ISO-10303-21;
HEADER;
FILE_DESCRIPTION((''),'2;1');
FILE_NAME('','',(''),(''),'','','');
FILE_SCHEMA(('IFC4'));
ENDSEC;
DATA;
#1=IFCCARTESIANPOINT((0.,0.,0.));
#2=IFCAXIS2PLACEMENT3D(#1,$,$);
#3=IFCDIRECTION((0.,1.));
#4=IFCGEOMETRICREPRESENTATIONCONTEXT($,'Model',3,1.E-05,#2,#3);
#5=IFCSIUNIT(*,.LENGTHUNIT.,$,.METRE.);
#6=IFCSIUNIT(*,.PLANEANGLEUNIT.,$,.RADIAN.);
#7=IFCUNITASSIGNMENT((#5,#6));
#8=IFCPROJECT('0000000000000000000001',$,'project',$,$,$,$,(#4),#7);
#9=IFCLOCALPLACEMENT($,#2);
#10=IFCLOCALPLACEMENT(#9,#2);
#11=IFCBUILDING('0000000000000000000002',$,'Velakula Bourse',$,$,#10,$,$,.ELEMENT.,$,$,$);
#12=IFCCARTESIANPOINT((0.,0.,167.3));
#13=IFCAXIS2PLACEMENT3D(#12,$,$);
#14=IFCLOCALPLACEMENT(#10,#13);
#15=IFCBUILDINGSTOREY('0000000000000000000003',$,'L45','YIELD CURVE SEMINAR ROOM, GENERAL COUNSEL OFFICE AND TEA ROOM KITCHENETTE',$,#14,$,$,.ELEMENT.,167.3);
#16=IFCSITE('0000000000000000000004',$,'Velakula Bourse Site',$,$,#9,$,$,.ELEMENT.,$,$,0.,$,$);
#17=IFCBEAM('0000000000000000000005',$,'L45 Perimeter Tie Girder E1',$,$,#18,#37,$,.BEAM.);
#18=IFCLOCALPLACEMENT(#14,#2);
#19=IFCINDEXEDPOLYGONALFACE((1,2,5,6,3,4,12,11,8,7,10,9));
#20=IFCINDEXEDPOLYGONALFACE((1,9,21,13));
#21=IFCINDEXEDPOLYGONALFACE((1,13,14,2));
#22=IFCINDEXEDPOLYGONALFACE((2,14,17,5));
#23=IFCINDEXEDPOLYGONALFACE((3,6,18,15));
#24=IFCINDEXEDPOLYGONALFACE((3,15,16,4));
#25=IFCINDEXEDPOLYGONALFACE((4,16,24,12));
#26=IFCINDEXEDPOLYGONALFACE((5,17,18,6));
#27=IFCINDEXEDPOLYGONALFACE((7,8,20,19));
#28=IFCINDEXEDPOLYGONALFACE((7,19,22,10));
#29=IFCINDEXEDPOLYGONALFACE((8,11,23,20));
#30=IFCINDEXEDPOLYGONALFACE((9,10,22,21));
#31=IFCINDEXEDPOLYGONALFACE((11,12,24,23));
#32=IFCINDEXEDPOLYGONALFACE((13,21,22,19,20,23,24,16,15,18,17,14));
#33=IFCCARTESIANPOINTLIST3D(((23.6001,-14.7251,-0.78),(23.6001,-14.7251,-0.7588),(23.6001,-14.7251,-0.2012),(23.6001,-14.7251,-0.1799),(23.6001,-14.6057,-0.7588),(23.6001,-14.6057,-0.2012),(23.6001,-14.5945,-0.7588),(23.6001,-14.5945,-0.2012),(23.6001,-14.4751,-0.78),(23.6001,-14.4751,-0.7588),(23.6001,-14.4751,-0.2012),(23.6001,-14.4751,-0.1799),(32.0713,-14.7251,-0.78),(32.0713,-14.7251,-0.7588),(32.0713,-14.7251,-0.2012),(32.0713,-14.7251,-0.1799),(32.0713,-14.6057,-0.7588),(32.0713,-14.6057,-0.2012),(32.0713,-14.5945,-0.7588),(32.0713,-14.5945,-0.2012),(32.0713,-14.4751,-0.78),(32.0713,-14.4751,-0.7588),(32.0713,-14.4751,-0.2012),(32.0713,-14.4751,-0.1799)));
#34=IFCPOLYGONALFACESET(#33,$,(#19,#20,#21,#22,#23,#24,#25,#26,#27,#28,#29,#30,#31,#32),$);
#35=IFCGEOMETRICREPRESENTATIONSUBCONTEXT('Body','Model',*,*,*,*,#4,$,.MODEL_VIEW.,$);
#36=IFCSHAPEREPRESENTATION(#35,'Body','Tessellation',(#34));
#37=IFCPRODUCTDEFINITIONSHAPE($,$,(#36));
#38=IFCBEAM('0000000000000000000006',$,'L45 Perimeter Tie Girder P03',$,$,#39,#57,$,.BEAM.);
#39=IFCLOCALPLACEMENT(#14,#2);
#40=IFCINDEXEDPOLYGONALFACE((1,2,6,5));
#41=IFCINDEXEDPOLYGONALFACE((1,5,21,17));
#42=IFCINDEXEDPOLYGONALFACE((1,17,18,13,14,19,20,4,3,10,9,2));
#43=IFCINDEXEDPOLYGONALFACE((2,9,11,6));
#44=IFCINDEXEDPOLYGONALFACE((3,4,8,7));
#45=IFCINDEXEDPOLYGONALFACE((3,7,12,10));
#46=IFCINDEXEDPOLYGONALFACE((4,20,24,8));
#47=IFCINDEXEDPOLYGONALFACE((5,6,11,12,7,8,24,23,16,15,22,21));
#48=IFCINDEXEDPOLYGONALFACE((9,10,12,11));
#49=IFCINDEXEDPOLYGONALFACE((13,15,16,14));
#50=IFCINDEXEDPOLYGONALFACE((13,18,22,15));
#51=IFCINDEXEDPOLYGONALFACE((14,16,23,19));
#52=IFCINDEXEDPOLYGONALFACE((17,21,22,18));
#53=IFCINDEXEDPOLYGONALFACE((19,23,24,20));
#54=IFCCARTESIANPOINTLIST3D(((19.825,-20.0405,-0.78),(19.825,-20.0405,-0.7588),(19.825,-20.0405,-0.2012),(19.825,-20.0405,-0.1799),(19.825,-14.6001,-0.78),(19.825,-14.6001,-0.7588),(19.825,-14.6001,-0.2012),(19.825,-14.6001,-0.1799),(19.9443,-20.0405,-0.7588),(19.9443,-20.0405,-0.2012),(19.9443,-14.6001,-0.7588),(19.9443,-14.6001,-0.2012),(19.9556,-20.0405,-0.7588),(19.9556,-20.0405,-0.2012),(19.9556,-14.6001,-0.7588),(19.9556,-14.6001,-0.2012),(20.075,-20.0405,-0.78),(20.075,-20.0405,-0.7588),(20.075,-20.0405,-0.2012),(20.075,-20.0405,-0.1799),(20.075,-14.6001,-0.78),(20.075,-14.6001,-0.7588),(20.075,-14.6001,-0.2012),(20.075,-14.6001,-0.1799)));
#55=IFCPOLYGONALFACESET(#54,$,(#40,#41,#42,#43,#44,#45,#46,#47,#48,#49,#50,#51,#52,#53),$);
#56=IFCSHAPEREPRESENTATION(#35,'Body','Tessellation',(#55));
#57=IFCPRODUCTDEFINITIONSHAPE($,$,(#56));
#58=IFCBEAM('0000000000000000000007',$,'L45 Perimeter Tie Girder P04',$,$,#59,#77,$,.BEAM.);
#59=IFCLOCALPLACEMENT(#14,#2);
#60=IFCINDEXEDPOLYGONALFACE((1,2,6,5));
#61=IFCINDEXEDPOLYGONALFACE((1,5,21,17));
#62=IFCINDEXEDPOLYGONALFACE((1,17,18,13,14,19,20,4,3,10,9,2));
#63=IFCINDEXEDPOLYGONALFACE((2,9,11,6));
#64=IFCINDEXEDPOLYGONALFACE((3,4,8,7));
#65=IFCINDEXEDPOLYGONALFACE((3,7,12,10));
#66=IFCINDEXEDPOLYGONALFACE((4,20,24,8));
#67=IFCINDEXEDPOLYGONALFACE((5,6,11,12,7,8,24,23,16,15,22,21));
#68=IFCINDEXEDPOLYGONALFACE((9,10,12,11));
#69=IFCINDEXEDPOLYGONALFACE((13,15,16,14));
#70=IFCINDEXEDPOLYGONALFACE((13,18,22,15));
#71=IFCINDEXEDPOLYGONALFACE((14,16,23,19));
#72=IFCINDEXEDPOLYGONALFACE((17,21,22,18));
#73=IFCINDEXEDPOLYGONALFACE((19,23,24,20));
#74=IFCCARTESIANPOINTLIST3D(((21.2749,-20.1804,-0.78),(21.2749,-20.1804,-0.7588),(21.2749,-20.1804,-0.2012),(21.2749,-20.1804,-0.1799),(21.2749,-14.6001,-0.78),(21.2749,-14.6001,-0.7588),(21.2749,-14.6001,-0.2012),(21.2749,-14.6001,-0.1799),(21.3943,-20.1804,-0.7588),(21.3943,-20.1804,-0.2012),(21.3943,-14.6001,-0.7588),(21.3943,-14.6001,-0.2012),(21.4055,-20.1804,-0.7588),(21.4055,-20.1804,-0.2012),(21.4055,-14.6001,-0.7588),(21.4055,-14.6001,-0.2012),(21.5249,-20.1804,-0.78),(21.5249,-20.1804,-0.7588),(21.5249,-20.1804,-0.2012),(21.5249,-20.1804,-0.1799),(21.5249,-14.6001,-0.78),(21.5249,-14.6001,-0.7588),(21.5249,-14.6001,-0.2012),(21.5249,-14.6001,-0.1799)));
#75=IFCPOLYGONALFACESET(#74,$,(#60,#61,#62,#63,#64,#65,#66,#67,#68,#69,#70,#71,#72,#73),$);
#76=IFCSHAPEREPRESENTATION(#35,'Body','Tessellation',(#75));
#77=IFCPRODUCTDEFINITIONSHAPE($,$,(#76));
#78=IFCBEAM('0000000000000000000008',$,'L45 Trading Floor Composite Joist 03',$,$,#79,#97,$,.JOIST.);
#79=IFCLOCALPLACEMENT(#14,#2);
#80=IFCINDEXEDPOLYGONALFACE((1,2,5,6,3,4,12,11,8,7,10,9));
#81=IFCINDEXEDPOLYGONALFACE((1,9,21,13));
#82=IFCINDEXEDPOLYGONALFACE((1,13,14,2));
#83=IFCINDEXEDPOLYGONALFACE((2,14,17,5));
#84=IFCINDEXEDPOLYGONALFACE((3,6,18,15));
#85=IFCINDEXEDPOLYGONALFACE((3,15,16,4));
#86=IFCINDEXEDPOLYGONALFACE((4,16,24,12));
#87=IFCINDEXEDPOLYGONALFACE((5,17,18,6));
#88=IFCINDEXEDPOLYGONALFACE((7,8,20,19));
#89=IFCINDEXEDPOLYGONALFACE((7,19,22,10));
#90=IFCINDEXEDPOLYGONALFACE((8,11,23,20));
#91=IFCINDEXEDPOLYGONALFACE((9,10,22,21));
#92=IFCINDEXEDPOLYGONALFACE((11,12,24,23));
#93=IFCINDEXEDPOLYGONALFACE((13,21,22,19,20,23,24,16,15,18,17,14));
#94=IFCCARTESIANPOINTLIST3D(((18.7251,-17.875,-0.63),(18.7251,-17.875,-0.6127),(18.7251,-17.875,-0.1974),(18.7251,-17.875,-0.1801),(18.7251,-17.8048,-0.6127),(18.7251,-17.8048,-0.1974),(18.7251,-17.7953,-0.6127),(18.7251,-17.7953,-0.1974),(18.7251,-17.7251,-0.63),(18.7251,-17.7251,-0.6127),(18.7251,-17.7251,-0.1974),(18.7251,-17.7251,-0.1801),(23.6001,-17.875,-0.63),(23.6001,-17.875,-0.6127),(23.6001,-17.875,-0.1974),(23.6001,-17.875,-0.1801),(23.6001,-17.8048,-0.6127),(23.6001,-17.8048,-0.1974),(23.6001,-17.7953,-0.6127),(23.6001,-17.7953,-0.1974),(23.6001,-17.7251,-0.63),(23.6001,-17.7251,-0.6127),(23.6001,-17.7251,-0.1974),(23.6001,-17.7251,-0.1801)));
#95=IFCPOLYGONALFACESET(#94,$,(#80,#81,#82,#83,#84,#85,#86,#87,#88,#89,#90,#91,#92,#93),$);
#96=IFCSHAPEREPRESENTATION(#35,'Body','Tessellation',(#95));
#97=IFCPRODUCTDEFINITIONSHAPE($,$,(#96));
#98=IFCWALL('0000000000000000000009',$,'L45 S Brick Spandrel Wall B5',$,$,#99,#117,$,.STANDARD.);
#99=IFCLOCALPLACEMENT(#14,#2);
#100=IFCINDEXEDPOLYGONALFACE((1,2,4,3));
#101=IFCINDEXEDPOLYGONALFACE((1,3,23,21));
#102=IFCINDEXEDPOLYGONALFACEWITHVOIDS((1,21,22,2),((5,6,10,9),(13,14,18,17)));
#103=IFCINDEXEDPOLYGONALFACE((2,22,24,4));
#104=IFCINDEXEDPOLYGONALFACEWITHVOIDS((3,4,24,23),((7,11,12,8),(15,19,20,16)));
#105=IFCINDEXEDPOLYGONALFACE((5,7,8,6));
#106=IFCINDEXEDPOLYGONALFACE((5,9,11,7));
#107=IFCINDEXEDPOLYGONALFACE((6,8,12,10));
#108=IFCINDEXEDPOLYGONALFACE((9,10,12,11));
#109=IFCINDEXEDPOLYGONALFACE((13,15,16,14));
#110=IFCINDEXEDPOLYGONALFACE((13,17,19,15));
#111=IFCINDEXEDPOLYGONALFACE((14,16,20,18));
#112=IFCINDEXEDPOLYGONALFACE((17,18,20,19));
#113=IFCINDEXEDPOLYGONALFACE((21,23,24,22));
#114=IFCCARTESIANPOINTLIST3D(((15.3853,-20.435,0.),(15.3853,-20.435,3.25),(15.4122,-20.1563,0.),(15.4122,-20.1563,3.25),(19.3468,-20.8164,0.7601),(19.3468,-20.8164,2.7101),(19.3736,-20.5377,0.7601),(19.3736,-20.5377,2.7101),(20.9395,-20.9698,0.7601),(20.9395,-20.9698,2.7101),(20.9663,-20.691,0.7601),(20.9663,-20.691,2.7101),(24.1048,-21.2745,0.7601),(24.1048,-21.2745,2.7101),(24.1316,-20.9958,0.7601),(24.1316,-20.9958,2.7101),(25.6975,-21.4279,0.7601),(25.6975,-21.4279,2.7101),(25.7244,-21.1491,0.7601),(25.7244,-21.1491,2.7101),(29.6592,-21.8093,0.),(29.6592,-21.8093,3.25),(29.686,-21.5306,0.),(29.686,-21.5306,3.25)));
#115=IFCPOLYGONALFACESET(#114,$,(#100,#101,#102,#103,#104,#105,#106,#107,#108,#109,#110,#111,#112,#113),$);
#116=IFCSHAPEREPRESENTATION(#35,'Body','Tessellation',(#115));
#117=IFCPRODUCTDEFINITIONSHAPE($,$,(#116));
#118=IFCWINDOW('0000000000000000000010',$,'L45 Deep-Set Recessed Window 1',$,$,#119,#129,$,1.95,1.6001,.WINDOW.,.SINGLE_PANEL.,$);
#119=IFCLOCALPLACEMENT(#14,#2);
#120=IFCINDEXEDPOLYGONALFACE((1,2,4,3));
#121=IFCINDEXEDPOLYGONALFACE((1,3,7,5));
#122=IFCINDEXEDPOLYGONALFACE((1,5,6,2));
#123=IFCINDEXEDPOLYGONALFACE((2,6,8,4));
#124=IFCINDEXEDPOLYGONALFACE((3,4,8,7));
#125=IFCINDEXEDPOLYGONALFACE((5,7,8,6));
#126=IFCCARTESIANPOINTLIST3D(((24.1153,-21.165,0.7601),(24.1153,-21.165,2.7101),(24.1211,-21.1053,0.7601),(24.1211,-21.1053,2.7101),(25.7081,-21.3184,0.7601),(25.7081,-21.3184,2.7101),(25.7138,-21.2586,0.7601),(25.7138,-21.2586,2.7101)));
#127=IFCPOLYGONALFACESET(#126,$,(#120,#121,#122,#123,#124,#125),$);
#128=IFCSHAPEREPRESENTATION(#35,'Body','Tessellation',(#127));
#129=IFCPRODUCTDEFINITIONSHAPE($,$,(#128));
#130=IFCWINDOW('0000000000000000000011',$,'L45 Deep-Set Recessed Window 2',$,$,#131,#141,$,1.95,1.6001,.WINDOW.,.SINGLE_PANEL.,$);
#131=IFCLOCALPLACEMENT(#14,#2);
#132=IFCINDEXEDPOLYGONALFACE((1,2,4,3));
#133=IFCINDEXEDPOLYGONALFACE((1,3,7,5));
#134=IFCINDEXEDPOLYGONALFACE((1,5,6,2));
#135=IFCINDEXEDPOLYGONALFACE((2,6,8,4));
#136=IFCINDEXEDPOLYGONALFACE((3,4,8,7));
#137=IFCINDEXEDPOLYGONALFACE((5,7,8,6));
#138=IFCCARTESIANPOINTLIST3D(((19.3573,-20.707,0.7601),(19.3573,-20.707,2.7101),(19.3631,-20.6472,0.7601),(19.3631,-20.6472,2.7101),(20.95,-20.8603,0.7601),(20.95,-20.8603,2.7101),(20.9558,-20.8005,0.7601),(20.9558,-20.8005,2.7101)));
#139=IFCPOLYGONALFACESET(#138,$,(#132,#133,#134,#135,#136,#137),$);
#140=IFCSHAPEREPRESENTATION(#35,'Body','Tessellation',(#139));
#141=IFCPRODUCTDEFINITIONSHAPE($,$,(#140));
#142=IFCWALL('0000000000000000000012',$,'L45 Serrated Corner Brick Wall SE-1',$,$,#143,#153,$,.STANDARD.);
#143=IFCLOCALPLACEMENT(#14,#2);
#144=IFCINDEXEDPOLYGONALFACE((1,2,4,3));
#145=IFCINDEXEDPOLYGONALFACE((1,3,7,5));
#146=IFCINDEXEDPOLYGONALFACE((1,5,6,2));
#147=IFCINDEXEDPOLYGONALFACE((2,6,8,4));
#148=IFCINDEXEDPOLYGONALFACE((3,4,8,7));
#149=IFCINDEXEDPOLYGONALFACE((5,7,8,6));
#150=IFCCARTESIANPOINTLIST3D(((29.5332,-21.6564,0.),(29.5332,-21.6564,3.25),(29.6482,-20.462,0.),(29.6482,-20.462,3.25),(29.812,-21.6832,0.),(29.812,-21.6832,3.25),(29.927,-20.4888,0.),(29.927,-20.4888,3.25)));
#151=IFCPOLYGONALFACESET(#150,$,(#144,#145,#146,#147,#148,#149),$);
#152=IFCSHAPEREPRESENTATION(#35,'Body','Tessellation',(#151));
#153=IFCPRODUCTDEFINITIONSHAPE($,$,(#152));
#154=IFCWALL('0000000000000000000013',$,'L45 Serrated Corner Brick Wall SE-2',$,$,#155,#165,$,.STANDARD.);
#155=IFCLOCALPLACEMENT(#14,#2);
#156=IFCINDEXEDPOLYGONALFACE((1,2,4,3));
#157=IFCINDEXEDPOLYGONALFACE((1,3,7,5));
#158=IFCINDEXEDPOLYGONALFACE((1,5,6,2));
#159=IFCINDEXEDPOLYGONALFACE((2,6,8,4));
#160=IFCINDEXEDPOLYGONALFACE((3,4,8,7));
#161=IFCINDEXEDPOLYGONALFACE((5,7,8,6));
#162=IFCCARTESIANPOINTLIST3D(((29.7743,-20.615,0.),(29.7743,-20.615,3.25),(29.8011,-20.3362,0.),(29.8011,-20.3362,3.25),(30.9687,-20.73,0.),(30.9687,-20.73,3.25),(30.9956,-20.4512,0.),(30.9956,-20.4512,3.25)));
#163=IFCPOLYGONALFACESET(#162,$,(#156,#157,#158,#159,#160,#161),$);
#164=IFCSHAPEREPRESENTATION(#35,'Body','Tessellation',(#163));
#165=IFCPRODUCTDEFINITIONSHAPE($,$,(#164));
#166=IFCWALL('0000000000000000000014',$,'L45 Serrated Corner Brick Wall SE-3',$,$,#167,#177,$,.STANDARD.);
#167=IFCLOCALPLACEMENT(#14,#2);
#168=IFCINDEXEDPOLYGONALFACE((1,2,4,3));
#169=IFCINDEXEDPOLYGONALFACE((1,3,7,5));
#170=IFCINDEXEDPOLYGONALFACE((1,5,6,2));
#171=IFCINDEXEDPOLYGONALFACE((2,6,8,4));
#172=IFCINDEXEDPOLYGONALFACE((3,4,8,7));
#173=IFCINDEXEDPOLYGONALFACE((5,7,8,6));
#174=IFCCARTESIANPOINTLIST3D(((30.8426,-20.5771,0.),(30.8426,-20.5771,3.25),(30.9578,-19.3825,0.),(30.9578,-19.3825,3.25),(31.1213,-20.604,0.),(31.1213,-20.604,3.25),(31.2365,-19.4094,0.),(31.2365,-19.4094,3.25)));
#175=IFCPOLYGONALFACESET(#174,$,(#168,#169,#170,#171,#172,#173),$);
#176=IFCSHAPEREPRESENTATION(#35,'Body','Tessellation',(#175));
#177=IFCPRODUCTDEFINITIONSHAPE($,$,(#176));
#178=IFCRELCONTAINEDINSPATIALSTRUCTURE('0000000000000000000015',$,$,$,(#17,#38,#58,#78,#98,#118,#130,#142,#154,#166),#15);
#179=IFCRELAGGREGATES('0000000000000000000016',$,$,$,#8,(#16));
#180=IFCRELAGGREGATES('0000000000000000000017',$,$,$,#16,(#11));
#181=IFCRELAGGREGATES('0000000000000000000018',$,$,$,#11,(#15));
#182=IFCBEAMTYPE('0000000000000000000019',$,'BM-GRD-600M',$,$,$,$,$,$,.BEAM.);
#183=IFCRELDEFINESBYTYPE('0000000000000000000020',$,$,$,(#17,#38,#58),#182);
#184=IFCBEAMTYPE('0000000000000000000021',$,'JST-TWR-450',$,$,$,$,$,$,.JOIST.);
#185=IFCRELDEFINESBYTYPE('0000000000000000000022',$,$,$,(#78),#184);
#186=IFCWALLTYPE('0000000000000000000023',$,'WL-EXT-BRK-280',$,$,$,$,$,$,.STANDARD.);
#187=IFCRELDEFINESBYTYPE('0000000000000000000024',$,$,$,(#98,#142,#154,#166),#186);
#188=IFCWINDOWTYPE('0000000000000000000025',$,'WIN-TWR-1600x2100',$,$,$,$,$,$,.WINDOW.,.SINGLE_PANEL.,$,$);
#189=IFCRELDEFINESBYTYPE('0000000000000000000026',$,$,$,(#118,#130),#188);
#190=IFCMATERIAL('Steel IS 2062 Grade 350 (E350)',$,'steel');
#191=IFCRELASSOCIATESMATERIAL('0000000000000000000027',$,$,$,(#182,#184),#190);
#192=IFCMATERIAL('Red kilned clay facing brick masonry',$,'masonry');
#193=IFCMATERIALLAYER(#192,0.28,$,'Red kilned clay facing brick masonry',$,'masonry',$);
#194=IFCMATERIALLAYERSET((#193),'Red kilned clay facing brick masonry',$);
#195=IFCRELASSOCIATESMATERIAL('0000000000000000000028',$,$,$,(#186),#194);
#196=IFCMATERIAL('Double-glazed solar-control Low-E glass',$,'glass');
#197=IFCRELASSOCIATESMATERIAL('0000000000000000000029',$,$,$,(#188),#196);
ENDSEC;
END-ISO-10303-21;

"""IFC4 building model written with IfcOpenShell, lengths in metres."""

from ifc_helpers import new_model, si_unit, direction, frame, frame_2d, origin, origin_2d, place, context, subcontext, project, spatial, rectangle, i_section, extrude, material, layer, layer_set, material_profile, profile_set, type_object, element, fill, save


model = new_model("IFC4")

# Units and contexts
model_context = context("Model", 3, precision=1e-05, world=origin(), true_north=direction((0.0, 1.0)))
body_context = subcontext(model_context, "Body", "Model", "MODEL_VIEW")
ifc_project = project(units=[si_unit("LENGTHUNIT", "METRE"), si_unit("PLANEANGLEUNIT", "RADIAN")], contexts=[model_context])

# Site, building, storey
site_placement = place(None, origin())
site = spatial("IfcSite", under=ifc_project, at=site_placement, Name="Velakula Bourse Site", CompositionType="ELEMENT", RefElevation=0.0)
building_placement = place(site_placement, origin())
building = spatial("IfcBuilding", under=site, at=building_placement, Name="Velakula Bourse", CompositionType="ELEMENT")
storey_placement = place(building_placement, frame((0.0, 0.0, 167.3)))
storey = spatial("IfcBuildingStorey", under=building, at=storey_placement, Name="L45", Description="YIELD CURVE SEMINAR ROOM, GENERAL COUNSEL OFFICE AND TEA ROOM KITCHENETTE", CompositionType="ELEMENT", Elevation=167.3)

# Shared definitions
ifc_material_1 = material(Name="Steel IS 2062 Grade 350 (E350)", Category="steel")

# Beams
ifc_material_profile_1 = material_profile(ifc_material_1, i_section(OverallWidth=0.25, OverallDepth=0.6001, WebThickness=0.0112, FlangeThickness=0.0212, at=origin_2d()), Name="Steel IS 2062 Grade 350 (E350)")
ifc_profile_set_1 = profile_set([ifc_material_profile_1], Name="Steel IS 2062 Grade 350 (E350)")
beam_type_1 = type_object("IfcBeamType", Name="BM-GRD-600M", PredefinedType="BEAM", material=ifc_profile_set_1)
beam_1_placement = place(storey_placement, frame((23.6001, -14.6001, -0.48), z_axis=(1.0, 0.0, 0.0), x_axis=(0.0, 1.0, 0.0)))
element("IfcBeam", 1, at=beam_1_placement, inside=storey, type_object=beam_type_1, Name="L45 Perimeter Tie Girder E1", PredefinedType="BEAM", context=body_context, shape_type="SweptSolid", body=[
    extrude(i_section(OverallWidth=0.25, OverallDepth=0.6001, WebThickness=0.0112, FlangeThickness=0.0212, at=origin_2d()), origin(), (0.0, 0.0, 1.0), 8.4712),
])
beam_2_placement = place(storey_placement, frame((19.95, -14.6001, -0.48), z_axis=(0.0, -1.0, 0.0), x_axis=(1.0, 0.0, 0.0)))
element("IfcBeam", 2, at=beam_2_placement, inside=storey, type_object=beam_type_1, Name="L45 Perimeter Tie Girder P03", PredefinedType="BEAM", context=body_context, shape_type="SweptSolid", body=[
    extrude(i_section(OverallWidth=0.25, OverallDepth=0.6001, WebThickness=0.0112, FlangeThickness=0.0212, at=origin_2d()), origin(), (0.0, 0.0, 1.0), 5.4404),
])
beam_3_placement = place(storey_placement, frame((21.3999, -14.6001, -0.48), z_axis=(0.0, -1.0, 0.0), x_axis=(1.0, 0.0, 0.0)))
element("IfcBeam", 3, at=beam_3_placement, inside=storey, type_object=beam_type_1, Name="L45 Perimeter Tie Girder P04", PredefinedType="BEAM", context=body_context, shape_type="SweptSolid", body=[
    extrude(i_section(OverallWidth=0.25, OverallDepth=0.6001, WebThickness=0.0112, FlangeThickness=0.0212, at=origin_2d()), origin(), (0.0, 0.0, 1.0), 5.5803),
])
ifc_material_profile_2 = material_profile(ifc_material_1, i_section(OverallWidth=0.1499, OverallDepth=0.45, WebThickness=0.0095, FlangeThickness=0.0173, at=origin_2d()), Name="Steel IS 2062 Grade 350 (E350)")
ifc_profile_set_2 = profile_set([ifc_material_profile_2], Name="Steel IS 2062 Grade 350 (E350)")
beam_type_2 = type_object("IfcBeamType", Name="JST-TWR-450", PredefinedType="JOIST", material=ifc_profile_set_2)
beam_4_placement = place(storey_placement, frame((18.7251, -17.8, -0.405), z_axis=(1.0, 0.0, 0.0), x_axis=(0.0, 1.0, 0.0)))
element("IfcBeam", 4, at=beam_4_placement, inside=storey, type_object=beam_type_2, Name="L45 Trading Floor Composite Joist 03", PredefinedType="JOIST", context=body_context, shape_type="SweptSolid", body=[
    extrude(i_section(OverallWidth=0.1499, OverallDepth=0.45, WebThickness=0.0095, FlangeThickness=0.0173, at=origin_2d()), origin(), (0.0, 0.0, 1.0), 4.875),
])

# Wall, openings, windows
ifc_material_2 = material(Name="Red kilned clay facing brick masonry", Category="masonry")
ifc_layer = layer(ifc_material_2, 0.28, Name="Red kilned clay facing brick masonry", Category="masonry")
ifc_layer_set = layer_set([ifc_layer], Name="Red kilned clay facing brick masonry")
wall_type = type_object("IfcWallType", Name="WL-EXT-BRK-280", PredefinedType="STANDARD", material=ifc_layer_set)
wall_1_placement = place(storey_placement, frame((29.6726, -21.6699, 0.0), z_axis=(0.0, 0.0, 1.0), x_axis=(-0.995397, 0.095835, 0.0)))
wall_1 = element("IfcWall", 5, at=wall_1_placement, inside=storey, type_object=wall_type, Name="L45 S Brick Spandrel Wall B5", PredefinedType="STANDARD", context=body_context, shape_type="SweptSolid", body=[
    extrude(rectangle(XDim=14.3398, YDim=0.28, at=frame_2d((7.1699, 0.0))), origin(), (0.0, 0.0, 1.0), 3.25),
])
opening_1_placement = place(wall_1_placement, frame((3.98, 0.0, 0.76)))
opening_1 = element("IfcOpeningElement", 6, at=opening_1_placement, cuts=wall_1, PredefinedType="OPENING", context=body_context, shape_type="SweptSolid", body=[
    extrude(rectangle(XDim=1.6001, YDim=1.95, at=frame_2d((0.8, 0.9751))), frame((0.0, 0.1499, 0.0), z_axis=(0.0, -1.0, 0.0), x_axis=(1.0, 0.0, 0.0)), (0.0, 0.0, 1.0), 0.3),
])
opening_2_placement = place(wall_1_placement, frame((8.76, 0.0, 0.76)))
opening_2 = element("IfcOpeningElement", 7, at=opening_2_placement, cuts=wall_1, PredefinedType="OPENING", context=body_context, shape_type="SweptSolid", body=[
    extrude(rectangle(XDim=1.6001, YDim=1.95, at=frame_2d((0.8, 0.9751))), frame((0.0, 0.1499, 0.0), z_axis=(0.0, -1.0, 0.0), x_axis=(1.0, 0.0, 0.0)), (0.0, 0.0, 1.0), 0.3),
])
ifc_material_3 = material(Name="Double-glazed solar-control Low-E glass", Category="glass")
window_type = type_object("IfcWindowType", Name="WIN-TWR-1600x2100", PartitioningType="SINGLE_PANEL", PredefinedType="WINDOW", material=ifc_material_3)
window_1_placement = place(opening_1_placement, origin())
window_1 = element("IfcWindow", 8, at=window_1_placement, inside=storey, type_object=window_type, Name="L45 Deep-Set Recessed Window 1", OverallHeight=1.95, OverallWidth=1.6001, PartitioningType="SINGLE_PANEL", PredefinedType="WINDOW", context=body_context, shape_type="SweptSolid", body=[
    extrude(rectangle(XDim=1.6001, YDim=1.95, at=frame_2d((0.8, 0.9751))), frame((0.0, 0.03, 0.0), z_axis=(0.0, -1.0, 0.0), x_axis=(1.0, 0.0, 0.0)), (0.0, 0.0, 1.0), 0.0601),
])
fill(opening_1, window_1)
window_2_placement = place(opening_2_placement, origin())
window_2 = element("IfcWindow", 9, at=window_2_placement, inside=storey, type_object=window_type, Name="L45 Deep-Set Recessed Window 2", OverallHeight=1.95, OverallWidth=1.6001, PartitioningType="SINGLE_PANEL", PredefinedType="WINDOW", context=body_context, shape_type="SweptSolid", body=[
    extrude(rectangle(XDim=1.6001, YDim=1.95, at=frame_2d((0.8, 0.9751))), frame((0.0, 0.03, 0.0), z_axis=(0.0, -1.0, 0.0), x_axis=(1.0, 0.0, 0.0)), (0.0, 0.0, 1.0), 0.0601),
])
fill(opening_2, window_2)

# Walls
for number, where, z_axis, x_axis, name in (
    (10, (29.6726, -21.6699, 0.0), (0.0, 0.0, 1.0), (0.095836, 0.995397, 0.0), "L45 Serrated Corner Brick Wall SE-1"),
    (11, (29.7876, -20.4756, 0.0), (0.0, 0.0, 1.0), (0.995397, -0.095836, 0.0), "L45 Serrated Corner Brick Wall SE-2"),
):
    element("IfcWall", number, at=place(storey_placement, frame(where, z_axis=z_axis, x_axis=x_axis)), inside=storey, type_object=wall_type, Name=name, PredefinedType="STANDARD", context=body_context, shape_type="SweptSolid", body=[
        extrude(rectangle(XDim=1.2, YDim=0.28, at=frame_2d((0.6001, 0.0))), origin(), (0.0, 0.0, 1.0), 3.25),
    ])
wall_2_placement = place(storey_placement, frame((30.9819, -20.5906, 0.0), z_axis=(0.0, 0.0, 1.0), x_axis=(0.096019, 0.99538, 0.0)))
element("IfcWall", 12, at=wall_2_placement, inside=storey, type_object=wall_type, Name="L45 Serrated Corner Brick Wall SE-3", PredefinedType="STANDARD", context=body_context, shape_type="SweptSolid", body=[
    extrude(rectangle(XDim=1.2002, YDim=0.28, at=frame_2d((0.6001, 0.0))), origin(), (0.0, 0.0, 1.0), 3.25),
])

save(model, "model.ifc")
